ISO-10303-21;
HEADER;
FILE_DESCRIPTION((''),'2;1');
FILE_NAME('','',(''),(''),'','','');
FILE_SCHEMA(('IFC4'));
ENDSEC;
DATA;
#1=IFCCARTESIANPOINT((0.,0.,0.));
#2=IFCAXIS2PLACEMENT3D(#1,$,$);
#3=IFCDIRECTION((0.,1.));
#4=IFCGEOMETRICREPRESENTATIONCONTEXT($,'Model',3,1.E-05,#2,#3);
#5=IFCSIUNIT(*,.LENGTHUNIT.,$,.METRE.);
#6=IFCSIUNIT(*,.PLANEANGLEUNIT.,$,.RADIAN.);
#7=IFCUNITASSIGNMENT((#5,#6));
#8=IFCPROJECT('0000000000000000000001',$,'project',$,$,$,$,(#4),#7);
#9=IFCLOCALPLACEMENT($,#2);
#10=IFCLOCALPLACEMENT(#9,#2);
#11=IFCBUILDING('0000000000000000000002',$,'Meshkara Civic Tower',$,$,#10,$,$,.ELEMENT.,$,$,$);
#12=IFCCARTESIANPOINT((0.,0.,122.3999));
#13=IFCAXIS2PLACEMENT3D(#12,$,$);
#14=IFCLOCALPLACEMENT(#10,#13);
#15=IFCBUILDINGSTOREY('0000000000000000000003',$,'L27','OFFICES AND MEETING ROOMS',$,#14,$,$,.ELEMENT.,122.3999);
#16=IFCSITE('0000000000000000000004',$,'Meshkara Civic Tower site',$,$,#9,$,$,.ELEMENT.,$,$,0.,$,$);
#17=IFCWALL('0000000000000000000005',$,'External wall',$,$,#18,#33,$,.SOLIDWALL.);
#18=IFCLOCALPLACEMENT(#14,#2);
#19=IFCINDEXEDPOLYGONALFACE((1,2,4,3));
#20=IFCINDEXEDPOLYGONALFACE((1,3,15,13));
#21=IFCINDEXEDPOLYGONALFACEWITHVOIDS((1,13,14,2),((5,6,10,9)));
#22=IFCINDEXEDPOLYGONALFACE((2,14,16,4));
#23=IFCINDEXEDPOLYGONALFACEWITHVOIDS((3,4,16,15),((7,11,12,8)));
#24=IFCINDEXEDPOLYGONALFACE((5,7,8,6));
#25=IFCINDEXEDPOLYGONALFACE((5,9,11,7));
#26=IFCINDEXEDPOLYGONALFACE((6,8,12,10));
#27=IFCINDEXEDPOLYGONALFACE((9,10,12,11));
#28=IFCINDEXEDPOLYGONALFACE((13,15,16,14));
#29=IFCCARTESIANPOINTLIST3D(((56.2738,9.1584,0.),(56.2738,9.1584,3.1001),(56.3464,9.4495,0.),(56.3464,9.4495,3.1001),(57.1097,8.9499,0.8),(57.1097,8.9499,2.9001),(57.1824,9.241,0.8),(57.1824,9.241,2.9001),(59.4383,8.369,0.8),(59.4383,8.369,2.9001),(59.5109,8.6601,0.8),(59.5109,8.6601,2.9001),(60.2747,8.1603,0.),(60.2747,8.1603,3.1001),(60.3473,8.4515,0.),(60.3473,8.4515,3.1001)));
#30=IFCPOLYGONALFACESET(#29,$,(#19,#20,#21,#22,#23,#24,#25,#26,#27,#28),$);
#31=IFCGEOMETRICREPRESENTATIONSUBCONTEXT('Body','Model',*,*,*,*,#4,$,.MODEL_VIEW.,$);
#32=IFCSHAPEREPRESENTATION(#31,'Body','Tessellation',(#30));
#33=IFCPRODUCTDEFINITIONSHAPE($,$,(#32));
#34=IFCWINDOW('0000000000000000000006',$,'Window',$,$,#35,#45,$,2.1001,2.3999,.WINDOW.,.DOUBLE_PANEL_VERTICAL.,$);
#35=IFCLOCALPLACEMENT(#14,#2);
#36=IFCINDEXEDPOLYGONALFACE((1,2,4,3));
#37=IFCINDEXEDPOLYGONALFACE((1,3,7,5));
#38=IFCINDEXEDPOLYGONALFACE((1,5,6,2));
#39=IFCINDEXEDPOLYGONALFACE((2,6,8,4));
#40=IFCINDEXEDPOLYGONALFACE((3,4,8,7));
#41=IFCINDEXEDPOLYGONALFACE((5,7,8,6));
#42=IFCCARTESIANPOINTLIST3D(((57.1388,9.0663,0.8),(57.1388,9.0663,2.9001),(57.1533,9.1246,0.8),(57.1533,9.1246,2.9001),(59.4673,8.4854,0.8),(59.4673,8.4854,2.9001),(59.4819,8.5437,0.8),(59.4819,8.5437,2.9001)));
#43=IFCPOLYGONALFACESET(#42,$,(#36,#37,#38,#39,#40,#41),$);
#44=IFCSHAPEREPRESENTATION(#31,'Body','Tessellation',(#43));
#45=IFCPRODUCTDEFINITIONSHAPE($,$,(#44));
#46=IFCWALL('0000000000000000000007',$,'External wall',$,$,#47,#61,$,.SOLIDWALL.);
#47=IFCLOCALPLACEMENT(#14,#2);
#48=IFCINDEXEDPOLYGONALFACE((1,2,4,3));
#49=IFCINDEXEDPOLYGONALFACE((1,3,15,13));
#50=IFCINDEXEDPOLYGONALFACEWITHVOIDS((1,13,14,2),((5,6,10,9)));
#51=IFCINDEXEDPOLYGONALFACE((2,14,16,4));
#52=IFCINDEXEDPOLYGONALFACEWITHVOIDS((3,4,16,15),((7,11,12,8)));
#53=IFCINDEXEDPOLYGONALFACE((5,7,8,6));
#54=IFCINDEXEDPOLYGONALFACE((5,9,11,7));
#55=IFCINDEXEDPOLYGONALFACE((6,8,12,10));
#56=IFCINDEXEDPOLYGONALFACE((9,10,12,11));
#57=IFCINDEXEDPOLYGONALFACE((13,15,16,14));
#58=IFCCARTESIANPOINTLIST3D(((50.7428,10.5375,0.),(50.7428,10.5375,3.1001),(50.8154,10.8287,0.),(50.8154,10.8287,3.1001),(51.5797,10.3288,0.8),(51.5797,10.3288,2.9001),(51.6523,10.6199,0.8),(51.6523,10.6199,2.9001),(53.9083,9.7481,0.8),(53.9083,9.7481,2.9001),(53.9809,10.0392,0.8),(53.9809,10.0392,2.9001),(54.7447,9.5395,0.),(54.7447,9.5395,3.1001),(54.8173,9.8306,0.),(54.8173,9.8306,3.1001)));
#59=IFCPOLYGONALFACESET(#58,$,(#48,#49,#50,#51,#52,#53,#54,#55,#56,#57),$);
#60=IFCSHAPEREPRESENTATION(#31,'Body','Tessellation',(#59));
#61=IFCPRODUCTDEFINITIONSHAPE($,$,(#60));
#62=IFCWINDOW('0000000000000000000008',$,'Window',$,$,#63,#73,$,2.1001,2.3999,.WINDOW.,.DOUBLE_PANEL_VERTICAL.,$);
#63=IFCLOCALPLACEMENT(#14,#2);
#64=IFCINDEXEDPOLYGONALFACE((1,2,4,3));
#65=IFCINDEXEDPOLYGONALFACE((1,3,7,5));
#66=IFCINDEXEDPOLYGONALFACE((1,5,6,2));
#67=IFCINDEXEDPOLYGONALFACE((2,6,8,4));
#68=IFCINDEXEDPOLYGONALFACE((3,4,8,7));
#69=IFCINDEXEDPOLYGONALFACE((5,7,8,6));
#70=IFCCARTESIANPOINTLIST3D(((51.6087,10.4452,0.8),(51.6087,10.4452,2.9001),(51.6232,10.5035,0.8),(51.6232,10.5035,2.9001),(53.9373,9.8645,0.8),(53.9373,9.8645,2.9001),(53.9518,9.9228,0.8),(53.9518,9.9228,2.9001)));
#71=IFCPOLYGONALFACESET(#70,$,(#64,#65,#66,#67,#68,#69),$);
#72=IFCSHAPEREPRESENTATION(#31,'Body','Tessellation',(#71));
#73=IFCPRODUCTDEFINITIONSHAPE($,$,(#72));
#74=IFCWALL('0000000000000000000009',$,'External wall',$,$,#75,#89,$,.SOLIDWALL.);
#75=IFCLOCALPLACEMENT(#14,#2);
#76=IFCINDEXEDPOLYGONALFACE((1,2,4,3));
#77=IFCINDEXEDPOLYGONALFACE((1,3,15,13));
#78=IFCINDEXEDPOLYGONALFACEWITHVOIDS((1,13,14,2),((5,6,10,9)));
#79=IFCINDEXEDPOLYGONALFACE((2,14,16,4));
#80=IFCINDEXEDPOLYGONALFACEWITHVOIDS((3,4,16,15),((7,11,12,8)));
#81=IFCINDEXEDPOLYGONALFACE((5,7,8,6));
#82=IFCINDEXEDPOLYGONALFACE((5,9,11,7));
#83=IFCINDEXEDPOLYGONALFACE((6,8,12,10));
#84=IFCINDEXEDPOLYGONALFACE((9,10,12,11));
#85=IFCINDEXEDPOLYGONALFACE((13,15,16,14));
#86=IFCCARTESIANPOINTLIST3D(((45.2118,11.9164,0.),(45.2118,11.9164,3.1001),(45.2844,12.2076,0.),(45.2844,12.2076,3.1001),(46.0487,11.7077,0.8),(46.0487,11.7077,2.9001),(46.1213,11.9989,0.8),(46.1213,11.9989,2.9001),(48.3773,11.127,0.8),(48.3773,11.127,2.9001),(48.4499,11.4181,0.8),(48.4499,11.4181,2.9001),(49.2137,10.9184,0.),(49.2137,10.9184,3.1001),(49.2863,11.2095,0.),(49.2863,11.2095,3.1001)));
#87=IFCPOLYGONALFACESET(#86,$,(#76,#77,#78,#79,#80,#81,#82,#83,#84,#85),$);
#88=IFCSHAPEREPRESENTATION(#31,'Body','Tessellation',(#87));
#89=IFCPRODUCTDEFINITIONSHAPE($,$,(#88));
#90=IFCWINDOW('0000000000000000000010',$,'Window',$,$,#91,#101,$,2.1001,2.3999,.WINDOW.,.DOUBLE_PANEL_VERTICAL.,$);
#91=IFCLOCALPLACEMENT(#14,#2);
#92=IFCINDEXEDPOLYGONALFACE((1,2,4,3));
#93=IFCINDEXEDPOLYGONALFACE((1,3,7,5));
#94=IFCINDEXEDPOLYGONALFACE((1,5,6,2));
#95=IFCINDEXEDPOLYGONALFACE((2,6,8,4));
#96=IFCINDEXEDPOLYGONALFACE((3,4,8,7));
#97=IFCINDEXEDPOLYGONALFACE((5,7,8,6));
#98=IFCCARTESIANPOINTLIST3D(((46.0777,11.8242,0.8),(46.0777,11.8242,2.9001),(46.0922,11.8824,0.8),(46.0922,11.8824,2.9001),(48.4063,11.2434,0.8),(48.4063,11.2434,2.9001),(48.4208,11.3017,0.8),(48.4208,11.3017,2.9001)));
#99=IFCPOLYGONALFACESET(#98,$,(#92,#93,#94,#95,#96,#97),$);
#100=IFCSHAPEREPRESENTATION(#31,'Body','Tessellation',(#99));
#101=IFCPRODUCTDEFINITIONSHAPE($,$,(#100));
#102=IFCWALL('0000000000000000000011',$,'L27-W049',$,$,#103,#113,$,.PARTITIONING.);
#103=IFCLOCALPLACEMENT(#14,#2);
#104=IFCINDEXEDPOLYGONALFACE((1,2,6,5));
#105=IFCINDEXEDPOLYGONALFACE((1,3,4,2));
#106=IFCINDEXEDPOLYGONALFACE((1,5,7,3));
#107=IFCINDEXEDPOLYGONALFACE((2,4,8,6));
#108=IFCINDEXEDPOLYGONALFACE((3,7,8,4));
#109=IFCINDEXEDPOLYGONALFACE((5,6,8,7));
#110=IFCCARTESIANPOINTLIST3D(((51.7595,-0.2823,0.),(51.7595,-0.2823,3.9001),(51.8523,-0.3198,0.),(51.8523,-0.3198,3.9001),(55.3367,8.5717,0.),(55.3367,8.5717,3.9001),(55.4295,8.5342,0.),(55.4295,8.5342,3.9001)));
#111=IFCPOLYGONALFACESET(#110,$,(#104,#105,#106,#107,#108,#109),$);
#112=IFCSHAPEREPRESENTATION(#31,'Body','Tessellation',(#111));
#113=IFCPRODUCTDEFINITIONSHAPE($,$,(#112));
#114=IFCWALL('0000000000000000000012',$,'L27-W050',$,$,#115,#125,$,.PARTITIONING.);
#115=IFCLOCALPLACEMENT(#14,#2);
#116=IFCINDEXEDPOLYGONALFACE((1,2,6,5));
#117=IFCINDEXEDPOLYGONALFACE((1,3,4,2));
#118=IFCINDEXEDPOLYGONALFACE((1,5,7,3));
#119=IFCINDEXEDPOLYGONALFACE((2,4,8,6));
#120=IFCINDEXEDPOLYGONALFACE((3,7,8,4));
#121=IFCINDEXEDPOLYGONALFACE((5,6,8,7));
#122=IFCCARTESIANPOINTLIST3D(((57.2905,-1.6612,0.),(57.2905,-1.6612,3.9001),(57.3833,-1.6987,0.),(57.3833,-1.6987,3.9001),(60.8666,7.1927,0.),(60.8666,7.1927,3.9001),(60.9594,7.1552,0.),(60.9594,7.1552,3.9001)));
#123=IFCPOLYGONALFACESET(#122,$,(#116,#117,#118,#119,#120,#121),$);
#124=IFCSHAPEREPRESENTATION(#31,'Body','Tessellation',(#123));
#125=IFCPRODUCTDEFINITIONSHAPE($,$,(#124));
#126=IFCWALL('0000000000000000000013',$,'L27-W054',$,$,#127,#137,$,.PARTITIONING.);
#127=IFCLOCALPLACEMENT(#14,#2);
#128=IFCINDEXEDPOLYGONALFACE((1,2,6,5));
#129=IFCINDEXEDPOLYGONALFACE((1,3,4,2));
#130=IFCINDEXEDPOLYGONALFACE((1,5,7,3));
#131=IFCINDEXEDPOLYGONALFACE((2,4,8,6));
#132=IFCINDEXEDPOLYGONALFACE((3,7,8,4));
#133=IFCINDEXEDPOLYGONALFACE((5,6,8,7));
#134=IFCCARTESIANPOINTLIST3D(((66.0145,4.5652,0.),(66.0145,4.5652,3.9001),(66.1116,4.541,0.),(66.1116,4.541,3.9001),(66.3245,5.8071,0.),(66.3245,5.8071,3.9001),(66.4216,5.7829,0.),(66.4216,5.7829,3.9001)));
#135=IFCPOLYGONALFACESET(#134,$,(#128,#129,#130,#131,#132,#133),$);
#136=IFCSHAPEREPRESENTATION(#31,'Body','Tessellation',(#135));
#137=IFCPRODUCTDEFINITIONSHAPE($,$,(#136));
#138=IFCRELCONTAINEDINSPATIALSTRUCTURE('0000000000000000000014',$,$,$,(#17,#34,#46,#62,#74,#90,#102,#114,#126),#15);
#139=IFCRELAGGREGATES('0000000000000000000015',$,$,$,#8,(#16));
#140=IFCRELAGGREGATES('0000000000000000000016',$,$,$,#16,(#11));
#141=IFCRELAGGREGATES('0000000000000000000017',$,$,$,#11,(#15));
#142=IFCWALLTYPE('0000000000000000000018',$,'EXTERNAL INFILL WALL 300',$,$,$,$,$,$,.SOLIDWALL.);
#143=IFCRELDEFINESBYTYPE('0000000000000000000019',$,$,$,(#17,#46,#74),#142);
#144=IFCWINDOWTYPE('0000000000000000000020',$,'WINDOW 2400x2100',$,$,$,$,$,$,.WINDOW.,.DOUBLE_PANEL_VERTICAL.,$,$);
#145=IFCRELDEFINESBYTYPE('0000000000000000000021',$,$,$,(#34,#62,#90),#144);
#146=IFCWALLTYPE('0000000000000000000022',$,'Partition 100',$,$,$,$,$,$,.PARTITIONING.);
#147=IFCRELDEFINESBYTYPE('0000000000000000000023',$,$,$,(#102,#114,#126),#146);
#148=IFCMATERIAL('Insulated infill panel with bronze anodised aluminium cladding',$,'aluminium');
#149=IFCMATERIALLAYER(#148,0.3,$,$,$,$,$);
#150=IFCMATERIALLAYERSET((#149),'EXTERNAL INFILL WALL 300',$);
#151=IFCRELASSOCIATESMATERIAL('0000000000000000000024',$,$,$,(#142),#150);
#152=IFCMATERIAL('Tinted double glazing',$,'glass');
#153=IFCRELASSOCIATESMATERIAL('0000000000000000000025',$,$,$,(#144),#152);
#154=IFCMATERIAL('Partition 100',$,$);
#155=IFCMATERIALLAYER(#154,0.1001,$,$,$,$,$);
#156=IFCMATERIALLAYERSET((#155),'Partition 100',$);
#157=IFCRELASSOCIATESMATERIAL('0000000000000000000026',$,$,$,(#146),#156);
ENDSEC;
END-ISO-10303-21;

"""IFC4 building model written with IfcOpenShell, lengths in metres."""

from ifc_helpers import new_model, si_unit, direction, frame, frame_2d, origin, place, context, subcontext, project, spatial, rectangle, extrude, material, layer, layer_set, type_object, element, fill, save


model = new_model("IFC4")

# Units and contexts
model_context = context("Model", 3, precision=1e-05, world=origin(), true_north=direction((0.0, 1.0)))
body_context = subcontext(model_context, "Body", "Model", "MODEL_VIEW")
ifc_project = project(units=[si_unit("LENGTHUNIT", "METRE"), si_unit("PLANEANGLEUNIT", "RADIAN")], contexts=[model_context])

# Site, building, storey
site_placement = place(None, origin())
site = spatial("IfcSite", under=ifc_project, at=site_placement, Name="Meshkara Civic Tower site", CompositionType="ELEMENT", RefElevation=0.0)
building_placement = place(site_placement, origin())
building = spatial("IfcBuilding", under=site, at=building_placement, Name="Meshkara Civic Tower", CompositionType="ELEMENT")
storey_placement = place(building_placement, frame((0.0, 0.0, 122.3999)))
storey = spatial("IfcBuildingStorey", under=building, at=storey_placement, Name="L27", Description="OFFICES AND MEETING ROOMS", CompositionType="ELEMENT", Elevation=122.3999)

# Walls, openings, windows
ifc_material_1 = material(Name="Insulated infill panel with bronze anodised aluminium cladding", Category="aluminium")
ifc_layer_1 = layer(ifc_material_1, 0.3)
ifc_layer_set_1 = layer_set([ifc_layer_1], Name="EXTERNAL INFILL WALL 300")
wall_type_1 = type_object("IfcWallType", Name="EXTERNAL INFILL WALL 300", PredefinedType="SOLIDWALL", material=ifc_layer_set_1)
ifc_material_2 = material(Name="Tinted double glazing", Category="glass")
window_type = type_object("IfcWindowType", Name="WINDOW 2400x2100", PartitioningType="DOUBLE_PANEL_VERTICAL", PredefinedType="WINDOW", material=ifc_material_2)
wall_1_placement = place(storey_placement, frame((60.311, 8.3059, 0.0), z_axis=(0.0, 0.0, 1.0), x_axis=(-0.970268, 0.242034, 0.0)))
wall_1 = element("IfcWall", 1, at=wall_1_placement, inside=storey, type_object=wall_type_1, Name="External wall", PredefinedType="SOLIDWALL", context=body_context, shape_type="SweptSolid", body=[
    extrude(rectangle(XDim=4.1235, YDim=0.3, at=frame_2d((2.0618, 0.0))), origin(), (0.0, 0.0, 1.0), 3.1001),
])
opening_1_placement = place(wall_1_placement, frame((0.8621, 0.0, 0.8)))
opening_1 = element("IfcOpeningElement", 2, at=opening_1_placement, cuts=wall_1, PredefinedType="OPENING", context=body_context, shape_type="SweptSolid", body=[
    extrude(rectangle(XDim=2.3999, YDim=2.1001, at=frame_2d((1.2, 1.05))), frame((0.0, 0.1599, 0.0), z_axis=(0.0, -1.0, 0.0), x_axis=(1.0, 0.0, 0.0)), (0.0, 0.0, 1.0), 0.3201),
])
window_1_placement = place(opening_1_placement, origin())
window_1 = element("IfcWindow", 3, at=window_1_placement, inside=storey, type_object=window_type, Name="Window", OverallHeight=2.1001, OverallWidth=2.3999, PartitioningType="DOUBLE_PANEL_VERTICAL", PredefinedType="WINDOW", context=body_context, shape_type="SweptSolid", body=[
    extrude(rectangle(XDim=2.3999, YDim=2.1001, at=frame_2d((1.2, 1.05))), frame((0.0, 0.03, 0.0), z_axis=(0.0, -1.0, 0.0), x_axis=(1.0, 0.0, 0.0)), (0.0, 0.0, 1.0), 0.0601),
])
fill(opening_1, window_1)
wall_2_placement = place(storey_placement, frame((54.781, 9.6851, 0.0), z_axis=(0.0, 0.0, 1.0), x_axis=(-0.970282, 0.241978, 0.0)))
wall_2 = element("IfcWall", 4, at=wall_2_placement, inside=storey, type_object=wall_type_1, Name="External wall", PredefinedType="SOLIDWALL", context=body_context, shape_type="SweptSolid", body=[
    extrude(rectangle(XDim=4.1245, YDim=0.3, at=frame_2d((2.0623, 0.0))), origin(), (0.0, 0.0, 1.0), 3.1001),
])
opening_2_placement = place(wall_2_placement, frame((0.8621, 0.0, 0.8)))
opening_2 = element("IfcOpeningElement", 5, at=opening_2_placement, cuts=wall_2, PredefinedType="OPENING", context=body_context, shape_type="SweptSolid", body=[
    extrude(rectangle(XDim=2.3999, YDim=2.1001, at=frame_2d((1.2, 1.05))), frame((0.0, 0.1599, 0.0), z_axis=(0.0, -1.0, 0.0), x_axis=(1.0, 0.0, 0.0)), (0.0, 0.0, 1.0), 0.3201),
])
window_2_placement = place(opening_2_placement, origin())
window_2 = element("IfcWindow", 6, at=window_2_placement, inside=storey, type_object=window_type, Name="Window", OverallHeight=2.1001, OverallWidth=2.3999, PartitioningType="DOUBLE_PANEL_VERTICAL", PredefinedType="WINDOW", context=body_context, shape_type="SweptSolid", body=[
    extrude(rectangle(XDim=2.3999, YDim=2.1001, at=frame_2d((1.2, 1.05))), frame((0.0, 0.03, 0.0), z_axis=(0.0, -1.0, 0.0), x_axis=(1.0, 0.0, 0.0)), (0.0, 0.0, 1.0), 0.0601),
])
fill(opening_2, window_2)
wall_3_placement = place(storey_placement, frame((49.25, 11.064, 0.0), z_axis=(0.0, 0.0, 1.0), x_axis=(-0.970282, 0.241978, 0.0)))
wall_3 = element("IfcWall", 7, at=wall_3_placement, inside=storey, type_object=wall_type_1, Name="External wall", PredefinedType="SOLIDWALL", context=body_context, shape_type="SweptSolid", body=[
    extrude(rectangle(XDim=4.1245, YDim=0.3, at=frame_2d((2.0623, 0.0))), origin(), (0.0, 0.0, 1.0), 3.1001),
])
opening_3_placement = place(wall_3_placement, frame((0.8621, 0.0, 0.8)))
opening_3 = element("IfcOpeningElement", 8, at=opening_3_placement, cuts=wall_3, PredefinedType="OPENING", context=body_context, shape_type="SweptSolid", body=[
    extrude(rectangle(XDim=2.3999, YDim=2.1001, at=frame_2d((1.2, 1.05))), frame((0.0, 0.1599, 0.0), z_axis=(0.0, -1.0, 0.0), x_axis=(1.0, 0.0, 0.0)), (0.0, 0.0, 1.0), 0.3201),
])
window_3_placement = place(opening_3_placement, origin())
window_3 = element("IfcWindow", 9, at=window_3_placement, inside=storey, type_object=window_type, Name="Window", OverallHeight=2.1001, OverallWidth=2.3999, PartitioningType="DOUBLE_PANEL_VERTICAL", PredefinedType="WINDOW", context=body_context, shape_type="SweptSolid", body=[
    extrude(rectangle(XDim=2.3999, YDim=2.1001, at=frame_2d((1.2, 1.05))), frame((0.0, 0.03, 0.0), z_axis=(0.0, -1.0, 0.0), x_axis=(1.0, 0.0, 0.0)), (0.0, 0.0, 1.0), 0.0601),
])
fill(opening_3, window_3)

# Walls
ifc_material_3 = material(Name="Partition 100")
ifc_layer_2 = layer(ifc_material_3, 0.1001)
ifc_layer_set_2 = layer_set([ifc_layer_2], Name="Partition 100")
wall_type_2 = type_object("IfcWallType", Name="Partition 100", PredefinedType="PARTITIONING", material=ifc_layer_set_2)
wall_4_placement = place(storey_placement, frame((51.8059, -0.301, 0.0), z_axis=(0.0, 0.0, 1.0), x_axis=(0.374597, 0.927188, 0.0)))
element("IfcWall", 10, at=wall_4_placement, inside=storey, type_object=wall_type_2, Name="L27-W049", PredefinedType="PARTITIONING", context=body_context, shape_type="SweptSolid", body=[
    extrude(rectangle(XDim=9.5493, YDim=0.1001, at=frame_2d((4.7747, 0.0))), origin(), (0.0, 0.0, 1.0), 3.9001),
])
wall_5_placement = place(storey_placement, frame((57.3369, -1.6799, 0.0), z_axis=(0.0, 0.0, 1.0), x_axis=(0.37451, 0.927223, 0.0)))
element("IfcWall", 11, at=wall_5_placement, inside=storey, type_object=wall_type_2, Name="L27-W050", PredefinedType="PARTITIONING", context=body_context, shape_type="SweptSolid", body=[
    extrude(rectangle(XDim=9.5488, YDim=0.1001, at=frame_2d((4.7744, 0.0))), origin(), (0.0, 0.0, 1.0), 3.9001),
])
wall_6_placement = place(storey_placement, frame((66.063, 4.553, 0.0), z_axis=(0.0, 0.0, 1.0), x_axis=(0.242221, 0.970221, 0.0)))
element("IfcWall", 12, at=wall_6_placement, inside=storey, type_object=wall_type_2, Name="L27-W054", PredefinedType="PARTITIONING", context=body_context, shape_type="SweptSolid", body=[
    extrude(rectangle(XDim=1.28, YDim=0.1001, at=frame_2d((0.6401, 0.0))), origin(), (0.0, 0.0, 1.0), 3.9001),
])

save(model, "model.ifc")
